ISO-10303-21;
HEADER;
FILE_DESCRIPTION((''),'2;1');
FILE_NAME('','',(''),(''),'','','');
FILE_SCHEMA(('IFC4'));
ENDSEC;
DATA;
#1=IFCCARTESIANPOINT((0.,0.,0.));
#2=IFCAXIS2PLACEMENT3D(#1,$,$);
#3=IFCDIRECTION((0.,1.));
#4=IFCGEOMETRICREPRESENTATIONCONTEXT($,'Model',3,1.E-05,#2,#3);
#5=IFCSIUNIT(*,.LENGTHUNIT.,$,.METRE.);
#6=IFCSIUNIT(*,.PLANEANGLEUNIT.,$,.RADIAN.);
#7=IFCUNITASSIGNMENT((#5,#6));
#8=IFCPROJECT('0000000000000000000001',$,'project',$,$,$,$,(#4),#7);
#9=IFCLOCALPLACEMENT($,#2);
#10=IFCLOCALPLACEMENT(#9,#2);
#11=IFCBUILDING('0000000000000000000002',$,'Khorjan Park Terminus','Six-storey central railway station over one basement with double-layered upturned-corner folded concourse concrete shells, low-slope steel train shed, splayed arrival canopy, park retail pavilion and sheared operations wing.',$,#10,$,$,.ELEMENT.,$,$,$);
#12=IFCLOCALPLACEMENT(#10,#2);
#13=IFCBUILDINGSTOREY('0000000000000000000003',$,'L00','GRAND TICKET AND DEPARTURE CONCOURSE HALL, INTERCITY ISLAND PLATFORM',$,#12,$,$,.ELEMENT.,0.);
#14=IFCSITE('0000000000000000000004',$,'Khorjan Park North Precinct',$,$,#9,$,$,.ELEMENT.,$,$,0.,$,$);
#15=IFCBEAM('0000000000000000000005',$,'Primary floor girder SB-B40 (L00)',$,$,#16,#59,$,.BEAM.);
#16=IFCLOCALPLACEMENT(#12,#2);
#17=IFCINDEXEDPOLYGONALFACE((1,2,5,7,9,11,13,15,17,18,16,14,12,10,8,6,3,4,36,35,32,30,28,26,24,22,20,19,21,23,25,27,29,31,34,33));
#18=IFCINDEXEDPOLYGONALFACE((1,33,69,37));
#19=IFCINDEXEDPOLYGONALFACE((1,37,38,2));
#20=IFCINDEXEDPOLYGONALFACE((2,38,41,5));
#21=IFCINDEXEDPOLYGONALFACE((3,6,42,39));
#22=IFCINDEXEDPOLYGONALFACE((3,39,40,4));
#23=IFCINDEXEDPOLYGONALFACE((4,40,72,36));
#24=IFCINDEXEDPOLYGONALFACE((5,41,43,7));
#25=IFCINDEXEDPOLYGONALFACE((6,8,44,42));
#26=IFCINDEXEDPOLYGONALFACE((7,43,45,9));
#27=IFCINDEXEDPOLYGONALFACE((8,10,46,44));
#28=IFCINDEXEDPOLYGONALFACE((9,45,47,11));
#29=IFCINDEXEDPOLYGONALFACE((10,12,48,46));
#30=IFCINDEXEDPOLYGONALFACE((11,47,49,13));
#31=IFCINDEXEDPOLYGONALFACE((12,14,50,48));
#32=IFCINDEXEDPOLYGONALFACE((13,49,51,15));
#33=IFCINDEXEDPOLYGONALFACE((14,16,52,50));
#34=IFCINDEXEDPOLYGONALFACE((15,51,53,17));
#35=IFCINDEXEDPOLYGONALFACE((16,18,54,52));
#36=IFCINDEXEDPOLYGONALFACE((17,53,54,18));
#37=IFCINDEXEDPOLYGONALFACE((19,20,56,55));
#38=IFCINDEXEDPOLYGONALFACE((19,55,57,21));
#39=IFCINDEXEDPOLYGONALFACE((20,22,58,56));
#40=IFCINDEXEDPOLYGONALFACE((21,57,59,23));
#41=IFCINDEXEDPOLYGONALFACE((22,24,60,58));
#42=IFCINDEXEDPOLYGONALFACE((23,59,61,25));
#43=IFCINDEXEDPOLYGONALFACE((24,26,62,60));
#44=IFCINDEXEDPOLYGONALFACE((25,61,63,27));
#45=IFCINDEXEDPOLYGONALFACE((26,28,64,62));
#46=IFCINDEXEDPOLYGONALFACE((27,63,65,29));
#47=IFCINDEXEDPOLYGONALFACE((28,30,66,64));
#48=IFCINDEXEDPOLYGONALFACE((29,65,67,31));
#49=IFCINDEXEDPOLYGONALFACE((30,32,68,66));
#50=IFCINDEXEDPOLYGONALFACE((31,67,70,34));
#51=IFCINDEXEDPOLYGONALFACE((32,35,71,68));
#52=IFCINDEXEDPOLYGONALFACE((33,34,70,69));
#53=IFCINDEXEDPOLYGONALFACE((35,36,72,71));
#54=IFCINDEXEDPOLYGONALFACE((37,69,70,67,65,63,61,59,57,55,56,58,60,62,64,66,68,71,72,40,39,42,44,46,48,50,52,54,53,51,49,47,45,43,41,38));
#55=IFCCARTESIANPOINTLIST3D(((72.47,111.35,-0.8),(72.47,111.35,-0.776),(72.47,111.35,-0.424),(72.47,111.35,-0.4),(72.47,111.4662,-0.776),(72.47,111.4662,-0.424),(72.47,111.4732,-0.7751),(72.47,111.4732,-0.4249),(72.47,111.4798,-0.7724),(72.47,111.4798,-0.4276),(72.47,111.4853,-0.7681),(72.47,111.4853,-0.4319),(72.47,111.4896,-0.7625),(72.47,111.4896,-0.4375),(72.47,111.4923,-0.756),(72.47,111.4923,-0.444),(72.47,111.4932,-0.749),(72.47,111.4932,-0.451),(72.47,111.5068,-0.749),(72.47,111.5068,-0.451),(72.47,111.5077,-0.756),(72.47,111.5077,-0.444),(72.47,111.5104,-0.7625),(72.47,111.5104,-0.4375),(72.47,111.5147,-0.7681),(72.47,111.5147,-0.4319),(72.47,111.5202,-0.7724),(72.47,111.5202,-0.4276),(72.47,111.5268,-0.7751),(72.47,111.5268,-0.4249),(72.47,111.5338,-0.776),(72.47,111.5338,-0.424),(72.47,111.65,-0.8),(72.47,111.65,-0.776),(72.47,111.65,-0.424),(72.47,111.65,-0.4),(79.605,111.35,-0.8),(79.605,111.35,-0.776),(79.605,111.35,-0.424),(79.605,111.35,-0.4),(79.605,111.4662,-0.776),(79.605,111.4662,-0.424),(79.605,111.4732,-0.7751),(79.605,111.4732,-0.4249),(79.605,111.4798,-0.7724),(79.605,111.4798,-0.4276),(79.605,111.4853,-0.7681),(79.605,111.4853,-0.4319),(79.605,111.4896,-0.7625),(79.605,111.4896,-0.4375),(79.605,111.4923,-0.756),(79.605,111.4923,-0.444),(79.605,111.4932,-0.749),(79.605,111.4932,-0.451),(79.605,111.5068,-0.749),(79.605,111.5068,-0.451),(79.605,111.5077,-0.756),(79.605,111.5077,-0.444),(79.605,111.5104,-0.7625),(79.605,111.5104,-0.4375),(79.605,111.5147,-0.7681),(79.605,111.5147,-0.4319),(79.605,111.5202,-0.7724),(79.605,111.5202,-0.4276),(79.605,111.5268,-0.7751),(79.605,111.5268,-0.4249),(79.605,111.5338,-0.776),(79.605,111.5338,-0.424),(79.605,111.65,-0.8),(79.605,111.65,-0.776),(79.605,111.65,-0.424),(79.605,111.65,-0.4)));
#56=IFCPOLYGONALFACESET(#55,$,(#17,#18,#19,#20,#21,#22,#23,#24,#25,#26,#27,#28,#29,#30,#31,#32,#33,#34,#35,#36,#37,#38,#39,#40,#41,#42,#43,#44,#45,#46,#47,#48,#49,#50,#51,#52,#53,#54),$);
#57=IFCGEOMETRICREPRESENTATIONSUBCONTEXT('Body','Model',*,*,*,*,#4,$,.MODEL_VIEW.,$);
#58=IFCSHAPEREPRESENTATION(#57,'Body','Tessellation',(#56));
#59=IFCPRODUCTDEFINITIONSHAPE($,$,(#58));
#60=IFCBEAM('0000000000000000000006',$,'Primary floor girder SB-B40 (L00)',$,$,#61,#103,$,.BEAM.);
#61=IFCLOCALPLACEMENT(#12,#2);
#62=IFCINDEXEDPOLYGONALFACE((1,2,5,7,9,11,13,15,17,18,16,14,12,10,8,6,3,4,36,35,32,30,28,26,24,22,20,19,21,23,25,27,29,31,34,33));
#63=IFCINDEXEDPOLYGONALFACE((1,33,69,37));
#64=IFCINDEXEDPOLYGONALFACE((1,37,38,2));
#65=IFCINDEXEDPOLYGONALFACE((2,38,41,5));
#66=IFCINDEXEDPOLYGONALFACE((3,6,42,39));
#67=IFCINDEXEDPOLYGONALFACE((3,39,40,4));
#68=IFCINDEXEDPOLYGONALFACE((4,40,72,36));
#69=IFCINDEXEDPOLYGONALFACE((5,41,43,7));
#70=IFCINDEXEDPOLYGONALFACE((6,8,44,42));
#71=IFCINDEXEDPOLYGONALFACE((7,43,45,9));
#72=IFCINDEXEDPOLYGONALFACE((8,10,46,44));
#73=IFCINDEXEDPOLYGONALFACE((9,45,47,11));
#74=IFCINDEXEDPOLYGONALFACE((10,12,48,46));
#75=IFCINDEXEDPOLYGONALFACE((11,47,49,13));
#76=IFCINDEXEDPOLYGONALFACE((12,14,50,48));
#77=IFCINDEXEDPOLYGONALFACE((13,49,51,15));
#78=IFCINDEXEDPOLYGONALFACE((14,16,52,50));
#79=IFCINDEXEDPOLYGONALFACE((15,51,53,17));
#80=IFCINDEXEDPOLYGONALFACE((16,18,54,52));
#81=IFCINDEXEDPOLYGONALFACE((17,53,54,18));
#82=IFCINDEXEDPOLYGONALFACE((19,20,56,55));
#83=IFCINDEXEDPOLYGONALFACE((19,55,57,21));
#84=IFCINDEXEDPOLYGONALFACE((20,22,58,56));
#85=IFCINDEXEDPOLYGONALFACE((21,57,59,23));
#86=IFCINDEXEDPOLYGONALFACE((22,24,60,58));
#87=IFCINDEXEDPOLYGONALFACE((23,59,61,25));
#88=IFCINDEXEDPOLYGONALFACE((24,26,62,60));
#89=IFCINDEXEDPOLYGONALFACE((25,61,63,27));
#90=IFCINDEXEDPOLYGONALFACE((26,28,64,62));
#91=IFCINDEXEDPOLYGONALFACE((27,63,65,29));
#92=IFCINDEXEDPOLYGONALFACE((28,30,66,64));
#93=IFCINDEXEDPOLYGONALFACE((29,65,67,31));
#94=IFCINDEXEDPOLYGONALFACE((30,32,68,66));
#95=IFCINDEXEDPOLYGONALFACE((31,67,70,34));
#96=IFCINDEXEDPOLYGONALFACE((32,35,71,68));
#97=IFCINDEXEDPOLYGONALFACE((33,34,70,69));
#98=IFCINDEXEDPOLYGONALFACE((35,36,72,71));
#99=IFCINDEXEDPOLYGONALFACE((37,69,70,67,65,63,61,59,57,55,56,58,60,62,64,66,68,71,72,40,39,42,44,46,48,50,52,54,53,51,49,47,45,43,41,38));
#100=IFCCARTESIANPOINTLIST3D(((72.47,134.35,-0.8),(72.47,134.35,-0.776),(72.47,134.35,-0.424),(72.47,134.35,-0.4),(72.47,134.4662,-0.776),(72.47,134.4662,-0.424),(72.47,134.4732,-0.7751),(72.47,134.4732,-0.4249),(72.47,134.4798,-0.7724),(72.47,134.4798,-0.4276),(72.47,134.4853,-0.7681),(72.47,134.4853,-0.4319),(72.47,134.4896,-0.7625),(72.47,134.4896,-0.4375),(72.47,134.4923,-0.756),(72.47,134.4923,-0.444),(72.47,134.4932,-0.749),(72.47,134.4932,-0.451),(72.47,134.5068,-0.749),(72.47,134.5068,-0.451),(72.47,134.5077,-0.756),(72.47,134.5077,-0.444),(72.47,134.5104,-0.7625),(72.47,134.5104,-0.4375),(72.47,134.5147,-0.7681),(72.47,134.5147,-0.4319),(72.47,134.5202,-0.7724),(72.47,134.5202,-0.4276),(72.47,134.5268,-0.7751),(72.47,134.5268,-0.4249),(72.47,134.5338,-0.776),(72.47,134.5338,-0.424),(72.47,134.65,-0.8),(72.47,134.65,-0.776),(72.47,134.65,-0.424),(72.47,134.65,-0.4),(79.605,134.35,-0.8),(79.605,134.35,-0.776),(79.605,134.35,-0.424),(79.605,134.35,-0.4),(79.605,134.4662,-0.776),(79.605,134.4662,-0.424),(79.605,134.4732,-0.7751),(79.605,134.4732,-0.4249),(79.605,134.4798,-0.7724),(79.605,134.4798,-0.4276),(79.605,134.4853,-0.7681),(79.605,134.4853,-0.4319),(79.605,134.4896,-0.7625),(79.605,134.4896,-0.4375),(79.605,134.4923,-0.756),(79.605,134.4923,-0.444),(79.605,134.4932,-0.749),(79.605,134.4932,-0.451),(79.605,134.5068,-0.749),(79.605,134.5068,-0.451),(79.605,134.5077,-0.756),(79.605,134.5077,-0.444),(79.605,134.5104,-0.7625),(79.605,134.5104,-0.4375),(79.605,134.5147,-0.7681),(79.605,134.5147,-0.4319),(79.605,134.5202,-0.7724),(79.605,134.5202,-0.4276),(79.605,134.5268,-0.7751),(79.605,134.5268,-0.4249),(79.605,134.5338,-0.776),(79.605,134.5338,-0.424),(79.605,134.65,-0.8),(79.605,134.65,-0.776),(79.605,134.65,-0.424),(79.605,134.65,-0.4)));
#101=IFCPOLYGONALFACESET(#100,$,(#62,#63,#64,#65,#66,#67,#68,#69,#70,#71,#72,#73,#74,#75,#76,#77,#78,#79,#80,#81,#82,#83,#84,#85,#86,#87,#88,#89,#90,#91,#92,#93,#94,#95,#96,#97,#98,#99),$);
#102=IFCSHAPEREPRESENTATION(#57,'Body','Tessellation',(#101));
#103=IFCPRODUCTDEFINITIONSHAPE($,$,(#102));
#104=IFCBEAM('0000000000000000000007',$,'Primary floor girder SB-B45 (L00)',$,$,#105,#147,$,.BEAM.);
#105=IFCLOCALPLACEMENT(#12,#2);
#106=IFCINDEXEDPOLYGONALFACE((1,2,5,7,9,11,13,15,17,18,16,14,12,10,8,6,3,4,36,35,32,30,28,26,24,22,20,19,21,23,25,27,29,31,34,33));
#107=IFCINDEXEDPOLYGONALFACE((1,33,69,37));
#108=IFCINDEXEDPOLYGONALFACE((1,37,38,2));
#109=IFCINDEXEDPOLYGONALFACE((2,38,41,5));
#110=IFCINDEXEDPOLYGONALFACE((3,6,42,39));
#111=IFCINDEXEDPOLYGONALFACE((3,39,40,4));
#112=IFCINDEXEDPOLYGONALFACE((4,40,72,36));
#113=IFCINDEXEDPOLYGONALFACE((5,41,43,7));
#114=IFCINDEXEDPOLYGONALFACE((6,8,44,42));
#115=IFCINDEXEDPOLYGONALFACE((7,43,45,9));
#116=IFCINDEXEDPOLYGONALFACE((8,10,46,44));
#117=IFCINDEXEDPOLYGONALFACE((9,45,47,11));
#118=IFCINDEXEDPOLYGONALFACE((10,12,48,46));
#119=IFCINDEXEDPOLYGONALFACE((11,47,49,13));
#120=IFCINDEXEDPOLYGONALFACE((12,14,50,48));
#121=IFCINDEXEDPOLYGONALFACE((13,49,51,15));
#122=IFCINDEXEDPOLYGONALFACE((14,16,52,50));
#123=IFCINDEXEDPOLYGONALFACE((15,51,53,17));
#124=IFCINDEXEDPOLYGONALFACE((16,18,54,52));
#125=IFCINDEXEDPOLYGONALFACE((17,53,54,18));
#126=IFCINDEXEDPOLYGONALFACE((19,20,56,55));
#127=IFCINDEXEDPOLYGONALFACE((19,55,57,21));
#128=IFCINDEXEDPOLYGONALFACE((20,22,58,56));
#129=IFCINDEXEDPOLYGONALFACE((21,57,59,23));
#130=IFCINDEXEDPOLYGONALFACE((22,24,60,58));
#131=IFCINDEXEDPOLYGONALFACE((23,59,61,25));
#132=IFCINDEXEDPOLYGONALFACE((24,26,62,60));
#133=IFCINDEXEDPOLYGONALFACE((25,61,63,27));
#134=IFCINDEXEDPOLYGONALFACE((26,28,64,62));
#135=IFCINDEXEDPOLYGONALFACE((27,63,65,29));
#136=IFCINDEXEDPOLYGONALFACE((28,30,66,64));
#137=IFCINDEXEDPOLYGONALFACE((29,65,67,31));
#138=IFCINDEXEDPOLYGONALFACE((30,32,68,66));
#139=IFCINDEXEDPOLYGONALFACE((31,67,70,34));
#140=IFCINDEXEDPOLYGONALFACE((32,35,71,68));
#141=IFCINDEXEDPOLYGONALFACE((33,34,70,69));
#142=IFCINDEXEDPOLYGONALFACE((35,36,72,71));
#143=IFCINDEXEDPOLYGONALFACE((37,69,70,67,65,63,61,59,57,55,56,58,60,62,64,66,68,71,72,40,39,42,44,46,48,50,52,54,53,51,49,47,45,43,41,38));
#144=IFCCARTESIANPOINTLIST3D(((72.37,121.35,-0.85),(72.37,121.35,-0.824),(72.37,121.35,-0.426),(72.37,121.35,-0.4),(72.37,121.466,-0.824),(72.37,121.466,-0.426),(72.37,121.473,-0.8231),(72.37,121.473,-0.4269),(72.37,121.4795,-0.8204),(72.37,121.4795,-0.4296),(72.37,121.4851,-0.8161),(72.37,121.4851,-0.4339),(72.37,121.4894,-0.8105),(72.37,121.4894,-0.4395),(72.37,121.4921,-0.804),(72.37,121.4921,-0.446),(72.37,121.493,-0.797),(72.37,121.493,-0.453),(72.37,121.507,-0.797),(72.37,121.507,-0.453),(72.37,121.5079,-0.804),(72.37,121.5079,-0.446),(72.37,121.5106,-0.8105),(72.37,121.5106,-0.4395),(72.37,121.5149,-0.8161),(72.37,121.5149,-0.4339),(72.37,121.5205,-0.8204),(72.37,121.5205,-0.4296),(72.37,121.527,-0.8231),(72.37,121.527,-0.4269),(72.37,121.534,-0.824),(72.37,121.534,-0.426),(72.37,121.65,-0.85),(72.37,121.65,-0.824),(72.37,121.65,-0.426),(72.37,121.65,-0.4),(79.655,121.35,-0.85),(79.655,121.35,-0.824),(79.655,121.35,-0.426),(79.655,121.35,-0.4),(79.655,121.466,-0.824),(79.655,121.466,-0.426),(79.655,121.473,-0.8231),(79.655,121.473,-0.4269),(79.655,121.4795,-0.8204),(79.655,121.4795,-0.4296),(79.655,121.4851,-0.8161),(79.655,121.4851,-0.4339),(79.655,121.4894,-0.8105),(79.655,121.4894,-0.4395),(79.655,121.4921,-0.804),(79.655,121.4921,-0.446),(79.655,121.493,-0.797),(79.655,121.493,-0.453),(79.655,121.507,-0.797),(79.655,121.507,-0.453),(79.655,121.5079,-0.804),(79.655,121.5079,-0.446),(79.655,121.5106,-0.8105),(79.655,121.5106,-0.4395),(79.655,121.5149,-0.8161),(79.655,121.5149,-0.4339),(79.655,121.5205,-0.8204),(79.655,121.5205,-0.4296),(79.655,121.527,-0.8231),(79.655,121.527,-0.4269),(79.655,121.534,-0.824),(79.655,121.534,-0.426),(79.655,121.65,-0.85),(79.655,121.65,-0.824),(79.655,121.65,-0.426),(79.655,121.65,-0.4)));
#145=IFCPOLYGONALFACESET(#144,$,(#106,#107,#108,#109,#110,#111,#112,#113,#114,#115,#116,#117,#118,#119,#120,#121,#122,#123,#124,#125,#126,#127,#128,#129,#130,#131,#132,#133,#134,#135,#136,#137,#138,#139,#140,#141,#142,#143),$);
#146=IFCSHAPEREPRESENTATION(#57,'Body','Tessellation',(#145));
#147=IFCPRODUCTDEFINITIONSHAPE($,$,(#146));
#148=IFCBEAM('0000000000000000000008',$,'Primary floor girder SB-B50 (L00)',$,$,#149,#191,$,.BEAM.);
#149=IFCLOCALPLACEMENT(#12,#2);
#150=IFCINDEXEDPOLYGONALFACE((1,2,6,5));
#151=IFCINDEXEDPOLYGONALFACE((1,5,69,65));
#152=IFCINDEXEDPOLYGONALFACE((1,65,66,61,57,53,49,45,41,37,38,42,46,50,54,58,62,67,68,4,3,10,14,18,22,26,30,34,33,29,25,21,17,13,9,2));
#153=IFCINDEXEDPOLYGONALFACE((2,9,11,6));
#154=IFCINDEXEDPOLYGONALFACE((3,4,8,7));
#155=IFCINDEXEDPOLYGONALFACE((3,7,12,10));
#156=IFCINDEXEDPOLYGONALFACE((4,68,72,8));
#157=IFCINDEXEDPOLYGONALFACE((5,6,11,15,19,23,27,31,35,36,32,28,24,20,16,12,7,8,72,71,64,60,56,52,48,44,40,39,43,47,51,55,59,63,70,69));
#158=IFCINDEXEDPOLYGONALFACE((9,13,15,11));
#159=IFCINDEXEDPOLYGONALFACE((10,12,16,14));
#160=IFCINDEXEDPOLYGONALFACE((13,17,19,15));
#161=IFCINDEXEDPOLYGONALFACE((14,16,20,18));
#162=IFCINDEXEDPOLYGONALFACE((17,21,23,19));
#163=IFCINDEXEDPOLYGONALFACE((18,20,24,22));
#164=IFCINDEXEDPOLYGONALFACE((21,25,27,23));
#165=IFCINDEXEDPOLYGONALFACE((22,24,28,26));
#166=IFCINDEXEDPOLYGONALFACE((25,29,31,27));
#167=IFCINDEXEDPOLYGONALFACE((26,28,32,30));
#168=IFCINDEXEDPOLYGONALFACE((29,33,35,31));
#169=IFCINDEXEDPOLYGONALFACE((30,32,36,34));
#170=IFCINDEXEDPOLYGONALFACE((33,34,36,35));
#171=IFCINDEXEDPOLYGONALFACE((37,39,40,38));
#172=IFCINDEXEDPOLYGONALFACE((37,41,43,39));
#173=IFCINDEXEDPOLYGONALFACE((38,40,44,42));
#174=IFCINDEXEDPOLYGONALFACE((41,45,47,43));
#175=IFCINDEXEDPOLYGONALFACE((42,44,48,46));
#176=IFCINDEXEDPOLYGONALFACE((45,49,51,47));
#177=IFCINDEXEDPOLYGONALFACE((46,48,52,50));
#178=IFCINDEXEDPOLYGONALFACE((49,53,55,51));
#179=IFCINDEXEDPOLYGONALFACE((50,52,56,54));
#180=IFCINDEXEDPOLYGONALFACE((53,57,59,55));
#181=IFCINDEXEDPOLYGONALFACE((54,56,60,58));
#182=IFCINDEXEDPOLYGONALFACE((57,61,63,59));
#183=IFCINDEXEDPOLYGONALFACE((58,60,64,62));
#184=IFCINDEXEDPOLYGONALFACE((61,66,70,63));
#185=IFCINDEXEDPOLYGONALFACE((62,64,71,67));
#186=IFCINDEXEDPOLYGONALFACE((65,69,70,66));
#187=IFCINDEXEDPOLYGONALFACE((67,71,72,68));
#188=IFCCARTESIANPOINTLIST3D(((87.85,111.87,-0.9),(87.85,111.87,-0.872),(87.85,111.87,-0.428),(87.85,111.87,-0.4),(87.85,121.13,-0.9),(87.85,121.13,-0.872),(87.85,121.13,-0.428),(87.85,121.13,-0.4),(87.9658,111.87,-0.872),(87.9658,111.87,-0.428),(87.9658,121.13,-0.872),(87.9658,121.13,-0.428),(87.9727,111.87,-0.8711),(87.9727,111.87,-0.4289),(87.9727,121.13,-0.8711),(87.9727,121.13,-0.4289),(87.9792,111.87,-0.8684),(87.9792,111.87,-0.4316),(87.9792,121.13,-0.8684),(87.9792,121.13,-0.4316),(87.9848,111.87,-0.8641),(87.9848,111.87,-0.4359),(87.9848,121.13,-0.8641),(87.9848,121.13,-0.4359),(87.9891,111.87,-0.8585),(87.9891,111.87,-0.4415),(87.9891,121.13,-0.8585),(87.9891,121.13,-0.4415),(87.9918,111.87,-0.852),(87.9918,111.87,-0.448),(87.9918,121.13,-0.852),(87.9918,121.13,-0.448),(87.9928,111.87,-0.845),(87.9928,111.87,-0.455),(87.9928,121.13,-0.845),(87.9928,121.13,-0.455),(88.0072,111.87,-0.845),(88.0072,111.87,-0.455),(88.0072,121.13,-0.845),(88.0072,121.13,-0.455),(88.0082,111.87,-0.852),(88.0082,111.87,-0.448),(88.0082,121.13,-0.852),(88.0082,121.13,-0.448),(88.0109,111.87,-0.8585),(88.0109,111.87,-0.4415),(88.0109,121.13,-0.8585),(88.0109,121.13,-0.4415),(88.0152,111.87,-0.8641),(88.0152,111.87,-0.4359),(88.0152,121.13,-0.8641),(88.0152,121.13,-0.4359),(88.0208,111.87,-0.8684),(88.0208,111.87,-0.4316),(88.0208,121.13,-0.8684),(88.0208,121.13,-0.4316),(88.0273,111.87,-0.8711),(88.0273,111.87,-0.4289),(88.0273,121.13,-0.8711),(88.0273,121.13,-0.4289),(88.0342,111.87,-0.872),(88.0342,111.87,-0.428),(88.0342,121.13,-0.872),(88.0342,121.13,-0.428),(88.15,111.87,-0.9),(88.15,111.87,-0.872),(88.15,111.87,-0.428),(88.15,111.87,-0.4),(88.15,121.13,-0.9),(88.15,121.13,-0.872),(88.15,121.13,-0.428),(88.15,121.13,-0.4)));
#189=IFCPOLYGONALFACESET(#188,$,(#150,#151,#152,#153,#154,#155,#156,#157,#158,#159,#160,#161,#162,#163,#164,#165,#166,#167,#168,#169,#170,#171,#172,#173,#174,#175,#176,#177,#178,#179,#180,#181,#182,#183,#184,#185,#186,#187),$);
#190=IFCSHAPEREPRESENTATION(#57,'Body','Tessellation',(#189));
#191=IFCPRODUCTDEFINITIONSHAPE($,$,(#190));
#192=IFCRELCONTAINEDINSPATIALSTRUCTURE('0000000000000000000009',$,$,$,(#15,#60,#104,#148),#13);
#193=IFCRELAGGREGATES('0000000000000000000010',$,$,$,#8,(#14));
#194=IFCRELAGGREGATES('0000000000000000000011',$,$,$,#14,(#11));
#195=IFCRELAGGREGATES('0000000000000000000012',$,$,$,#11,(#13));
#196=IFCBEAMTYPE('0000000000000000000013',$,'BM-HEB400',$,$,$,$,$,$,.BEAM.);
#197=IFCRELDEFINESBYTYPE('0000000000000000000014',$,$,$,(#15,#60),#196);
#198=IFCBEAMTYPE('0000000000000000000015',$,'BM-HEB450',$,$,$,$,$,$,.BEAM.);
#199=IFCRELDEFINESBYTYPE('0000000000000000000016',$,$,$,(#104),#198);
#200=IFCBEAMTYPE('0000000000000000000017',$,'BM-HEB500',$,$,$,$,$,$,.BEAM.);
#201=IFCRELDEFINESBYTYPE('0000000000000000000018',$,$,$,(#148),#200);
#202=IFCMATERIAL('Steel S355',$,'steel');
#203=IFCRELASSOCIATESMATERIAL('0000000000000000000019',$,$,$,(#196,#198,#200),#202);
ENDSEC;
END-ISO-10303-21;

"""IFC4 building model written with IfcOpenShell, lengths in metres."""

from ifc_helpers import new_model, si_unit, direction, frame, origin, origin_2d, place, context, subcontext, project, spatial, i_section, extrude, material, material_profile, profile_set, type_object, element, save


model = new_model("IFC4")

# Units and contexts
model_context = context("Model", 3, precision=1e-05, world=origin(), true_north=direction((0.0, 1.0)))
body_context = subcontext(model_context, "Body", "Model", "MODEL_VIEW")
ifc_project = project(units=[si_unit("LENGTHUNIT", "METRE"), si_unit("PLANEANGLEUNIT", "RADIAN")], contexts=[model_context])

# Site, building, storey
site_placement = place(None, origin())
site = spatial("IfcSite", under=ifc_project, at=site_placement, Name="Khorjan Park North Precinct", CompositionType="ELEMENT", RefElevation=0.0)
building_placement = place(site_placement, origin())
building = spatial("IfcBuilding", under=site, at=building_placement, Name="Khorjan Park Terminus", Description="Six-storey central railway station over one basement with double-layered upturned-corner folded concourse concrete shells, low-slope steel train shed, splayed arrival canopy, park retail pavilion and sheared operations wing.", CompositionType="ELEMENT")
storey_placement = place(building_placement, origin())
storey = spatial("IfcBuildingStorey", under=building, at=storey_placement, Name="L00", Description="GRAND TICKET AND DEPARTURE CONCOURSE HALL, INTERCITY ISLAND PLATFORM", CompositionType="ELEMENT", Elevation=0.0)

# Beams
ifc_material_1 = material(Name="Steel S355", Category="steel")
ifc_material_profile_1 = material_profile(ifc_material_1, i_section(OverallWidth=0.3, OverallDepth=0.4, WebThickness=0.0135, FlangeThickness=0.024, FilletRadius=0.027, at=origin_2d()), Name="HEB 400")
ifc_profile_set_1 = profile_set([ifc_material_profile_1], Name="Steel S355")
beam_type_1 = type_object("IfcBeamType", Name="BM-HEB400", PredefinedType="BEAM", material=ifc_profile_set_1)
for number, where, z_axis, x_axis, name in (
    (1, (72.47, 111.5, -0.6), (1.0, 0.0, 0.0), (0.0, 1.0, 0.0), "Primary floor girder SB-B40 (L00)"),
    (2, (72.47, 134.5, -0.6), (1.0, 0.0, 0.0), (0.0, 1.0, 0.0), "Primary floor girder SB-B40 (L00)"),
):
    element("IfcBeam", number, at=place(storey_placement, frame(where, z_axis=z_axis, x_axis=x_axis)), inside=storey, type_object=beam_type_1, Name=name, PredefinedType="BEAM", context=body_context, shape_type="SweptSolid", body=[
        extrude(i_section(OverallWidth=0.3, OverallDepth=0.4, WebThickness=0.0135, FlangeThickness=0.024, FilletRadius=0.027, at=origin_2d()), origin(), (0.0, 0.0, 1.0), 7.135),
    ])
ifc_material_profile_2 = material_profile(ifc_material_1, i_section(OverallWidth=0.3, OverallDepth=0.45, WebThickness=0.014, FlangeThickness=0.026, FilletRadius=0.027, at=origin_2d()), Name="HEB 450")
ifc_profile_set_2 = profile_set([ifc_material_profile_2], Name="Steel S355")
beam_type_2 = type_object("IfcBeamType", Name="BM-HEB450", PredefinedType="BEAM", material=ifc_profile_set_2)
beam_1_placement = place(storey_placement, frame((72.37, 121.5, -0.625), z_axis=(1.0, 0.0, 0.0), x_axis=(0.0, 1.0, 0.0)))
element("IfcBeam", 3, at=beam_1_placement, inside=storey, type_object=beam_type_2, Name="Primary floor girder SB-B45 (L00)", PredefinedType="BEAM", context=body_context, shape_type="SweptSolid", body=[
    extrude(i_section(OverallWidth=0.3, OverallDepth=0.45, WebThickness=0.014, FlangeThickness=0.026, FilletRadius=0.027, at=origin_2d()), origin(), (0.0, 0.0, 1.0), 7.285),
])
ifc_material_profile_3 = material_profile(ifc_material_1, i_section(OverallWidth=0.3, OverallDepth=0.5, WebThickness=0.0145, FlangeThickness=0.028, FilletRadius=0.027, at=origin_2d()), Name="HEB 500")
ifc_profile_set_3 = profile_set([ifc_material_profile_3], Name="Steel S355")
beam_type_3 = type_object("IfcBeamType", Name="BM-HEB500", PredefinedType="BEAM", material=ifc_profile_set_3)
beam_2_placement = place(storey_placement, frame((88.0, 111.87, -0.65), z_axis=(0.0, 1.0, 0.0), x_axis=(-1.0, 0.0, 0.0)))
element("IfcBeam", 4, at=beam_2_placement, inside=storey, type_object=beam_type_3, Name="Primary floor girder SB-B50 (L00)", PredefinedType="BEAM", context=body_context, shape_type="SweptSolid", body=[
    extrude(i_section(OverallWidth=0.3, OverallDepth=0.5, WebThickness=0.0145, FlangeThickness=0.028, FilletRadius=0.027, at=origin_2d()), origin(), (0.0, 0.0, 1.0), 9.26),
])

save(model, "model.ifc")
